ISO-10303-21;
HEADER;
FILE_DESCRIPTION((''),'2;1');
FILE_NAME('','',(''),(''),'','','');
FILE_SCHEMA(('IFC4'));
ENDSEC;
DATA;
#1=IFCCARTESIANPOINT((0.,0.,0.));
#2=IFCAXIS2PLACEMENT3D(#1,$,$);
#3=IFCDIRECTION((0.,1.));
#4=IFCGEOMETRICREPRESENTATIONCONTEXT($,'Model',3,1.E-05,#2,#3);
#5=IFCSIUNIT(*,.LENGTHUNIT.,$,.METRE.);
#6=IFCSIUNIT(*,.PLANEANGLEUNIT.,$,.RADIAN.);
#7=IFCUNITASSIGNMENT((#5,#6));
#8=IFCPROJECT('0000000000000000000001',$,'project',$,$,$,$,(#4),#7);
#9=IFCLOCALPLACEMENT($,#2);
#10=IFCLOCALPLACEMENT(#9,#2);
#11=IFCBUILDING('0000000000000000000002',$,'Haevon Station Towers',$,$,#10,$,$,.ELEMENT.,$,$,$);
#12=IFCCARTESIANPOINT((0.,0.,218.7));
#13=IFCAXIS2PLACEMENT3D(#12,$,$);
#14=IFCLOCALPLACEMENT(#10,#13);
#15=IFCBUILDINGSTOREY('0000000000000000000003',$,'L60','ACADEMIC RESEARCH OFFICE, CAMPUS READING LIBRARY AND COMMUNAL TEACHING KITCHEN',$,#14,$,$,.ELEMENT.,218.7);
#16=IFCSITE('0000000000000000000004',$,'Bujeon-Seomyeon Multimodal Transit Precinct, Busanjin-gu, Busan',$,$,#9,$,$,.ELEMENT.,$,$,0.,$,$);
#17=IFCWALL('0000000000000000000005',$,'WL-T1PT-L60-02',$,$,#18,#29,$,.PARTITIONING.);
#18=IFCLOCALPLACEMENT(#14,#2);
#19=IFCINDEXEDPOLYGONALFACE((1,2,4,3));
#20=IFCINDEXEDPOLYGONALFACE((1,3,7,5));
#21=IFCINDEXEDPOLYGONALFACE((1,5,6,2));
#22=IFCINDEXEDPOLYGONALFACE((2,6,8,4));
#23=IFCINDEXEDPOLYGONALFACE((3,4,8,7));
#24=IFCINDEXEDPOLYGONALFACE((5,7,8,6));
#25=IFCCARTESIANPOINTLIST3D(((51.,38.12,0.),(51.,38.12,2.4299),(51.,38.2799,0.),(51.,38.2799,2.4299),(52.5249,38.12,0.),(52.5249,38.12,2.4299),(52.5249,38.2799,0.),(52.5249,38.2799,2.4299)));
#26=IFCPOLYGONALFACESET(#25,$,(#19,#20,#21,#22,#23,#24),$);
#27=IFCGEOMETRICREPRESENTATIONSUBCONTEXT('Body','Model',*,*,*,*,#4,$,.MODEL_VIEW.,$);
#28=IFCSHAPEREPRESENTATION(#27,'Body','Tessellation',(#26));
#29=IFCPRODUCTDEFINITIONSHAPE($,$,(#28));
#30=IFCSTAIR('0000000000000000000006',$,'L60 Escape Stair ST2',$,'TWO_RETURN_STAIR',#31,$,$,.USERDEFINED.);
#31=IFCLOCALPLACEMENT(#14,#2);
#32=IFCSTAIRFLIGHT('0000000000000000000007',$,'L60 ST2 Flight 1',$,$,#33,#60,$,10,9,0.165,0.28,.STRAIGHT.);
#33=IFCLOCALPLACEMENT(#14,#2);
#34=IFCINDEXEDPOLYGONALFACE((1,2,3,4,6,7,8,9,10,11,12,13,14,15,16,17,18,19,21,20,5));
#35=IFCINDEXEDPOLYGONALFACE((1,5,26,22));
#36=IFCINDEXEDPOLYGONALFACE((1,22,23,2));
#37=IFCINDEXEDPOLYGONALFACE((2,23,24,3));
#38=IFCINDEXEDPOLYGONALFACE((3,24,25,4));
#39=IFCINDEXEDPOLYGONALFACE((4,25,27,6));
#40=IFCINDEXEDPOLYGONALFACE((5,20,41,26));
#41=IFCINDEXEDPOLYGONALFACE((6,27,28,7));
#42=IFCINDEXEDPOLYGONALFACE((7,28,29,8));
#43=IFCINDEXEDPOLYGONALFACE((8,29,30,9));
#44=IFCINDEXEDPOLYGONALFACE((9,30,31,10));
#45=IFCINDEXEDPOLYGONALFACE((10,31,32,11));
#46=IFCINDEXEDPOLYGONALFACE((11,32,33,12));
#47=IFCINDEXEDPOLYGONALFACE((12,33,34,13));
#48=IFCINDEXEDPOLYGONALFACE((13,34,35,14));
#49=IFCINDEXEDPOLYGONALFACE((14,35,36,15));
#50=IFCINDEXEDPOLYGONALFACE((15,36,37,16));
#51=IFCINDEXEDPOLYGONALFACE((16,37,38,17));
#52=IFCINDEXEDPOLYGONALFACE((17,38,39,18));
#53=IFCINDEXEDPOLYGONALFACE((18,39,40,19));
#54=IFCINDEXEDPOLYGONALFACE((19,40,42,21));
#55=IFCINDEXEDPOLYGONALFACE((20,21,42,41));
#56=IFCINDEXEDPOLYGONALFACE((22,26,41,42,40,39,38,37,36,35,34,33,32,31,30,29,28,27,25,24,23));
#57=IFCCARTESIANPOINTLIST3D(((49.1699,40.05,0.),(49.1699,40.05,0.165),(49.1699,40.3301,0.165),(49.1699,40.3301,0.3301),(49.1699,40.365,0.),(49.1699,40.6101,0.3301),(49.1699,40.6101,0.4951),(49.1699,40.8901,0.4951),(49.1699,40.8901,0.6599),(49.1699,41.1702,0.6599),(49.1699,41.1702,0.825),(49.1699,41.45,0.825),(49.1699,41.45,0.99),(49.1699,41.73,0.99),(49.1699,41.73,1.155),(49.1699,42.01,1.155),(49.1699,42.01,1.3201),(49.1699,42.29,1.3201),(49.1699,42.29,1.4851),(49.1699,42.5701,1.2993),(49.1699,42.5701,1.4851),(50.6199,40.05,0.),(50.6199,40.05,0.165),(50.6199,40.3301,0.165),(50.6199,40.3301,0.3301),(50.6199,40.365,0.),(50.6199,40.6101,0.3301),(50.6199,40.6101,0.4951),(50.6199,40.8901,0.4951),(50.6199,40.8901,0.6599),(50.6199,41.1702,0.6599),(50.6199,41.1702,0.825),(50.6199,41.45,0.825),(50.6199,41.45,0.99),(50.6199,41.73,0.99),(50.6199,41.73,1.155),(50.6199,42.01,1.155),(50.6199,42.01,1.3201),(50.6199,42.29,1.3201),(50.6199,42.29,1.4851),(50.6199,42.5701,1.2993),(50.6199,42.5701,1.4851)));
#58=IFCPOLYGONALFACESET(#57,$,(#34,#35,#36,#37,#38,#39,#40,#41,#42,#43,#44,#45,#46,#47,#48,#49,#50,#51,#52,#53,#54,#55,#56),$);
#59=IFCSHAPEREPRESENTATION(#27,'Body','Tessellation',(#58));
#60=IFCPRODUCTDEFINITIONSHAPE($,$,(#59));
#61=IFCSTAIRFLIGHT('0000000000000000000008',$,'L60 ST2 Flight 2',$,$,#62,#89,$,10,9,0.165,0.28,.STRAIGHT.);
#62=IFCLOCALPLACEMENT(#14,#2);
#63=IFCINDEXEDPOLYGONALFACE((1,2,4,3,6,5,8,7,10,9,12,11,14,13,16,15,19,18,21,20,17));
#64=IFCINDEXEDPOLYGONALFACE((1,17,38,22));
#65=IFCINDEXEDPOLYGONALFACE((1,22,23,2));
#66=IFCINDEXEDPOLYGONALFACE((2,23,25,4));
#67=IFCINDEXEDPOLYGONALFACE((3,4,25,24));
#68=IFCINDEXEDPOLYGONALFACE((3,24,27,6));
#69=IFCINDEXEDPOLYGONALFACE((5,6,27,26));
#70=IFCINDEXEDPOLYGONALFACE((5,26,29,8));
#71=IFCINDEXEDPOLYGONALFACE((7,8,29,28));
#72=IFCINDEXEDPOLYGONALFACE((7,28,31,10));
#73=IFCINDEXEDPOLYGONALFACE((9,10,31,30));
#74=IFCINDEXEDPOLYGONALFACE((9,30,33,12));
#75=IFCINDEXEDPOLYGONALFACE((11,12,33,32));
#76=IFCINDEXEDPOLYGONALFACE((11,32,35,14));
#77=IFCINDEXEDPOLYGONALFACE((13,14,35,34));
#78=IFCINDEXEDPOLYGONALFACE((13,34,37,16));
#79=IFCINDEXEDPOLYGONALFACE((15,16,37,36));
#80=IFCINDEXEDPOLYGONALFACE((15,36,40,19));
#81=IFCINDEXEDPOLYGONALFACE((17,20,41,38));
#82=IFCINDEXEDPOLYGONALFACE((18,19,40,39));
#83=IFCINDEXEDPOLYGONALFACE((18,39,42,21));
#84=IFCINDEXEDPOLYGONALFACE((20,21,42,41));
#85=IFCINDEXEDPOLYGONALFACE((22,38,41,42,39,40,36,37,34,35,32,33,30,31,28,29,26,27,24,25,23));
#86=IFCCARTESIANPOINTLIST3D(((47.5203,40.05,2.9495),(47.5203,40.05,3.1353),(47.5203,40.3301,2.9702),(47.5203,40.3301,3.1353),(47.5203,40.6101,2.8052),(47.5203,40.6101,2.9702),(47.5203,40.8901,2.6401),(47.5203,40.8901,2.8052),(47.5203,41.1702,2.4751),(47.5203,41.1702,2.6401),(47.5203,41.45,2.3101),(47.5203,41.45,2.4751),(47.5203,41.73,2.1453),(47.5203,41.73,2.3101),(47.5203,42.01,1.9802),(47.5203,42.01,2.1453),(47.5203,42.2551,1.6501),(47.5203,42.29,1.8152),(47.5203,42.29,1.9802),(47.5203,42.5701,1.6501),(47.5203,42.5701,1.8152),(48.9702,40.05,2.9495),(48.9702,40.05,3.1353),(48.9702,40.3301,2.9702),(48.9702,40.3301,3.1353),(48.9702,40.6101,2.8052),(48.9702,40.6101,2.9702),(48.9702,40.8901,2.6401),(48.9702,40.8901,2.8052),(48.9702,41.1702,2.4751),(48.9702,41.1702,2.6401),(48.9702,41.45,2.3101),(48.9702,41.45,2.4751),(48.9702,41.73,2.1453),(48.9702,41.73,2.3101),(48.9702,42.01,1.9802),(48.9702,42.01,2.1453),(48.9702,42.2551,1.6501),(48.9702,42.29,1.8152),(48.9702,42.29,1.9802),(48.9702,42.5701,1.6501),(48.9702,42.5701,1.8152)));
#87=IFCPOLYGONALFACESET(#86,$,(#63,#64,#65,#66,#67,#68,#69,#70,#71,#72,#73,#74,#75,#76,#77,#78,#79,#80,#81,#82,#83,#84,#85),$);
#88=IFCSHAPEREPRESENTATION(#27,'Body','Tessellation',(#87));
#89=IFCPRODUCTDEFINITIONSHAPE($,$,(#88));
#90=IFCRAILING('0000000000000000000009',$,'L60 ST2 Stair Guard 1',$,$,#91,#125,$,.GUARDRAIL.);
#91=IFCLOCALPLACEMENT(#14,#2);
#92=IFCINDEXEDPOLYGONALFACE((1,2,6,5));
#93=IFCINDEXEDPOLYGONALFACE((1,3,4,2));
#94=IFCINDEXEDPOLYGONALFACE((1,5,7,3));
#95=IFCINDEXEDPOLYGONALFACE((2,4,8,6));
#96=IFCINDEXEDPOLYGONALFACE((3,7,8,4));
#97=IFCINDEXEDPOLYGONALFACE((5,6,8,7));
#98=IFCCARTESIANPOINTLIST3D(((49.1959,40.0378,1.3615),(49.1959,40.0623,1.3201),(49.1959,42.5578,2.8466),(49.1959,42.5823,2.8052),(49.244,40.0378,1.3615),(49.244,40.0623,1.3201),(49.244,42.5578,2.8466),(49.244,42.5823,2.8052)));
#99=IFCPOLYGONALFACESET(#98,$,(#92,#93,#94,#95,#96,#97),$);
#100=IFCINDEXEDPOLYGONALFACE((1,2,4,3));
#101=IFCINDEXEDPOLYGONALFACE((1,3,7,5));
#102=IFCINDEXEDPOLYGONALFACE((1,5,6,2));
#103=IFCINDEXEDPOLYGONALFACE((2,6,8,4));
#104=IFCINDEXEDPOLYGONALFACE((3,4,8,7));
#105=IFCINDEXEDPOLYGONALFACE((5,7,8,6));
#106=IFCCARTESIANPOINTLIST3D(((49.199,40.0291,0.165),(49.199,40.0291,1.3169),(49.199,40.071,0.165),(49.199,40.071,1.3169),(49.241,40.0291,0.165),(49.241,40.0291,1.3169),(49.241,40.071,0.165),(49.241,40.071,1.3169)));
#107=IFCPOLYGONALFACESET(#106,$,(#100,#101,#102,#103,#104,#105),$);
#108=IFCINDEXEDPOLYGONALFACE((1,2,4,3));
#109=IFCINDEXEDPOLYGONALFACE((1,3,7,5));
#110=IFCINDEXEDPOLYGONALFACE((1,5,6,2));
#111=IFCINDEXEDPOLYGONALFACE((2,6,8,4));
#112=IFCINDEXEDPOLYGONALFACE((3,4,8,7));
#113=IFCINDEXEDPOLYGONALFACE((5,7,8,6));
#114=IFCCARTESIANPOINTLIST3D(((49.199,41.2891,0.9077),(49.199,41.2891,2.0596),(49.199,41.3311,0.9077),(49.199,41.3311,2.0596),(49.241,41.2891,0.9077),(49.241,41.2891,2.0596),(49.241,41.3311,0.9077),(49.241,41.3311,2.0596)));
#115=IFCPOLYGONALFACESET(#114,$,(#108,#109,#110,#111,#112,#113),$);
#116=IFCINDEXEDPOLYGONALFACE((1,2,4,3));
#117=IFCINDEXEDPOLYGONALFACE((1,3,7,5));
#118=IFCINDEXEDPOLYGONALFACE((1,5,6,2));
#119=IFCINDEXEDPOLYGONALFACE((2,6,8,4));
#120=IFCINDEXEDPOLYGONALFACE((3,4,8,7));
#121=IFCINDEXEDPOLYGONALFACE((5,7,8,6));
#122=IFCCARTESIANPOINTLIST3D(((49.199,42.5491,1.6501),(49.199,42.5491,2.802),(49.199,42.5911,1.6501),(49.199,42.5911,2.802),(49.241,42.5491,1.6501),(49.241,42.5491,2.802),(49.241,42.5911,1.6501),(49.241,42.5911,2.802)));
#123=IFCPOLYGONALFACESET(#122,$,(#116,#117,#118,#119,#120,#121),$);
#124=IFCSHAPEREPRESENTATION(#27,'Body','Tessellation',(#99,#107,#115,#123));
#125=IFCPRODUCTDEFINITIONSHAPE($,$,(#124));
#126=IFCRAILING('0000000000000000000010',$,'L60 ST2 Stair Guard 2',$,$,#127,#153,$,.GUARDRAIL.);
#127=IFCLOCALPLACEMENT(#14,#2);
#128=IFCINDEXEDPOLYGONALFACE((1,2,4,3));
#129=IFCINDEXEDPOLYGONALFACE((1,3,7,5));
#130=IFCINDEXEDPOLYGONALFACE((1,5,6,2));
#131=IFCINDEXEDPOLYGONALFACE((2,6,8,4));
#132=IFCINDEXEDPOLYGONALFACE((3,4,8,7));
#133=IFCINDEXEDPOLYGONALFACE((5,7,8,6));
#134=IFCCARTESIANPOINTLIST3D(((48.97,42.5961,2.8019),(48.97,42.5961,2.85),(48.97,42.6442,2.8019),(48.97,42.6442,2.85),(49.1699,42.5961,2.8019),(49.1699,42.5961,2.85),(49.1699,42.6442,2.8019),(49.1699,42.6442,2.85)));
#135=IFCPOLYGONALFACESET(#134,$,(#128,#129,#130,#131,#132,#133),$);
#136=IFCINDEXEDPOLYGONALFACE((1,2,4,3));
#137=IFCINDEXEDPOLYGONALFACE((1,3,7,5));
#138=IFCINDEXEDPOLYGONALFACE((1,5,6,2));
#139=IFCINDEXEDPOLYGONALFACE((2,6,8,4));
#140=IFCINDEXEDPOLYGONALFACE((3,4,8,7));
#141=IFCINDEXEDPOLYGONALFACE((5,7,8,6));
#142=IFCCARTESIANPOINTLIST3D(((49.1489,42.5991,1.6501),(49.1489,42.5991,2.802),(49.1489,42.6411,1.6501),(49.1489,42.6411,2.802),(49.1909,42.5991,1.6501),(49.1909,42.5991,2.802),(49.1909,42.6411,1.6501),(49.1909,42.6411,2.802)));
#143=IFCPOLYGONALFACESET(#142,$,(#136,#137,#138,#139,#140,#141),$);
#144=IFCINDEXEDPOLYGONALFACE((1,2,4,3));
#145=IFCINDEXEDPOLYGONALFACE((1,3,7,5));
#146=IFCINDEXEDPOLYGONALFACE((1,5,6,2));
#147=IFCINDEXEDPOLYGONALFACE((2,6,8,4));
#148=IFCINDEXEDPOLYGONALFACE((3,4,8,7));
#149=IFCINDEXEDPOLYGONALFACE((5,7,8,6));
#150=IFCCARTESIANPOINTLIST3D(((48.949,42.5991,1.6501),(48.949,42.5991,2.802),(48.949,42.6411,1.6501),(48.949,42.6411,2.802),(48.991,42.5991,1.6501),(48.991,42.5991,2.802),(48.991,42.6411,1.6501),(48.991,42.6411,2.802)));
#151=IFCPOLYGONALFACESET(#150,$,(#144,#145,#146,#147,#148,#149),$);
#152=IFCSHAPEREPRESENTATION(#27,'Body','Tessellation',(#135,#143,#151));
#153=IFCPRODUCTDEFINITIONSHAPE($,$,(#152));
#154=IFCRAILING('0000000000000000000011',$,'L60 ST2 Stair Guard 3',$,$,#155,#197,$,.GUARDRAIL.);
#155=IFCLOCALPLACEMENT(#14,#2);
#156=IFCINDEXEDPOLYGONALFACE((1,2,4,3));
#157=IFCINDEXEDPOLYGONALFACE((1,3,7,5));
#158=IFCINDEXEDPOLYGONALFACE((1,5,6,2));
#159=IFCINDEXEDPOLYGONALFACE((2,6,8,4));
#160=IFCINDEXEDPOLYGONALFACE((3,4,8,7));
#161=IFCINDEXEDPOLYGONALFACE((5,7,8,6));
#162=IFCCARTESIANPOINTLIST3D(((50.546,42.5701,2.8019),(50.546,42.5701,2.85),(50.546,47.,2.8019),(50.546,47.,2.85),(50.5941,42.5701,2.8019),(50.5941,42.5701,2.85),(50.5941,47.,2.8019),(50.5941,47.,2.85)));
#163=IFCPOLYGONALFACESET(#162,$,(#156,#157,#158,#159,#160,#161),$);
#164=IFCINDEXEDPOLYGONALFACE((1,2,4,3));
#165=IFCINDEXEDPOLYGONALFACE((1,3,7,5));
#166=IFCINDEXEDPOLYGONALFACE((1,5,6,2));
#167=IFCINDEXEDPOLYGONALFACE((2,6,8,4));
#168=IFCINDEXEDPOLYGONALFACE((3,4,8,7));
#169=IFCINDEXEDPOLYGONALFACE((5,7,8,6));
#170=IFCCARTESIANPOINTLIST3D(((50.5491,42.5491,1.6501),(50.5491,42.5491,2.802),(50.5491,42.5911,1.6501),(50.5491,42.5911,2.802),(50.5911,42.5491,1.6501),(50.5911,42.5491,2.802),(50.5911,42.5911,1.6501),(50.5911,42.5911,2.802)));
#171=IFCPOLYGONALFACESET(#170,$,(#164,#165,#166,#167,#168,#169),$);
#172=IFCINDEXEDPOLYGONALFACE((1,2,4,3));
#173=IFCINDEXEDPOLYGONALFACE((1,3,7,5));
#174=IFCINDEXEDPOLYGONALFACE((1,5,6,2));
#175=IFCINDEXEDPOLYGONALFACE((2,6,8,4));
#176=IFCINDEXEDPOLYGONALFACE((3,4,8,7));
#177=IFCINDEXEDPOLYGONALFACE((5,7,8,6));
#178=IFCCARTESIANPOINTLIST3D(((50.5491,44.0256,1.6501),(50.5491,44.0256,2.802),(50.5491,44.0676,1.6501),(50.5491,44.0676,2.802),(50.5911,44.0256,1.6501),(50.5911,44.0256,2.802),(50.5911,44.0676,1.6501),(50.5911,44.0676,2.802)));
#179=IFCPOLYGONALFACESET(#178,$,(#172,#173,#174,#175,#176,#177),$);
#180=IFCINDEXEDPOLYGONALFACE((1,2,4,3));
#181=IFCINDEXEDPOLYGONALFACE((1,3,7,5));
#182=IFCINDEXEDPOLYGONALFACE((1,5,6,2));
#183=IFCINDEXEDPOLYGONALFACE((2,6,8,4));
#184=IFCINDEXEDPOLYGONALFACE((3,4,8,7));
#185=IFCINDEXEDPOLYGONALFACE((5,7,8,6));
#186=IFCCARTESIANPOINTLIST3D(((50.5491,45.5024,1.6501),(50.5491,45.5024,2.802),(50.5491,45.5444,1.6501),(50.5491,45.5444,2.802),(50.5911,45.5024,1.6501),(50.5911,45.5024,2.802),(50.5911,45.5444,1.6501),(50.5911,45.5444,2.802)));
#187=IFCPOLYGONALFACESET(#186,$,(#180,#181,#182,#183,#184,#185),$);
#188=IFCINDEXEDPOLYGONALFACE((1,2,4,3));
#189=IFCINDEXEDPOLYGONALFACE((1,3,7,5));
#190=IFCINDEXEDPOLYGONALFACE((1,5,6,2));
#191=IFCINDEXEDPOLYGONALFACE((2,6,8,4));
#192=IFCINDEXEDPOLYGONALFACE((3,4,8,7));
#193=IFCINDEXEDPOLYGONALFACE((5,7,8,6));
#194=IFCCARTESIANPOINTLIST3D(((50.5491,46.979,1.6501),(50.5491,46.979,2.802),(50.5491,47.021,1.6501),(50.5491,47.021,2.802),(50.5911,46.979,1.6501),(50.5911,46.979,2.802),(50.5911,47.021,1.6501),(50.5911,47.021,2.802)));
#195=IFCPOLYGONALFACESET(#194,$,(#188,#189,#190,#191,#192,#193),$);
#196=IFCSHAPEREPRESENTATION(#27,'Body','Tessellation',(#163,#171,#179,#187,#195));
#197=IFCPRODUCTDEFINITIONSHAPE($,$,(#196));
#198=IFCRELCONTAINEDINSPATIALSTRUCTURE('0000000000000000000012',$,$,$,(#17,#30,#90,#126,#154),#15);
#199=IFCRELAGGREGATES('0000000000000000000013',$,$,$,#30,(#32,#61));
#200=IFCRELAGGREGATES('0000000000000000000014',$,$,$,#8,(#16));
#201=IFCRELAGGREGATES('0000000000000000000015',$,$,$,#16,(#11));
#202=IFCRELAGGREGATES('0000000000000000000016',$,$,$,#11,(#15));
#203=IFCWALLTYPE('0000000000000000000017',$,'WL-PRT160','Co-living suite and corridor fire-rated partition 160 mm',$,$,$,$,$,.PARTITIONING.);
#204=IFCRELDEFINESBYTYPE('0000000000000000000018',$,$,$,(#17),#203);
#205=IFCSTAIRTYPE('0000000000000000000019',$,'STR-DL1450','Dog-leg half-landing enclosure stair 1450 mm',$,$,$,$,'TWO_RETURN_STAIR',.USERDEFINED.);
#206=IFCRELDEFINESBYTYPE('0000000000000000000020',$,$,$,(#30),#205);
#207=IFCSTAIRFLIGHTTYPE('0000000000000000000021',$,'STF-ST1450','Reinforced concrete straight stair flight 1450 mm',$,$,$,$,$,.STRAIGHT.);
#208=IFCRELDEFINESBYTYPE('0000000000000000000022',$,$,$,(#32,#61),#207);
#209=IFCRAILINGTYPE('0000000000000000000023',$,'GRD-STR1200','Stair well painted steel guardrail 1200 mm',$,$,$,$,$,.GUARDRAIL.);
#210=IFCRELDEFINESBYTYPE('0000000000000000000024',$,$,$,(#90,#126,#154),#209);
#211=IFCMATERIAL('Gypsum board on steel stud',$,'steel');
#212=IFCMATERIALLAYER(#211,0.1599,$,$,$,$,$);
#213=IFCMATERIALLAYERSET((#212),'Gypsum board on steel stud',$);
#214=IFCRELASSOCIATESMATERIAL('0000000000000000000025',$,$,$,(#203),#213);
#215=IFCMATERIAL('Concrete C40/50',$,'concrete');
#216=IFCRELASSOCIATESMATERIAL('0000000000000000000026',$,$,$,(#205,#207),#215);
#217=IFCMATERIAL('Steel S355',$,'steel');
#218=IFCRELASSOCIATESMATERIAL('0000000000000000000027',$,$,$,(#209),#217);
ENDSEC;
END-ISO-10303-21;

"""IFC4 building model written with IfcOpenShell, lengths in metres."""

from ifc_helpers import new_model, si_unit, direction, frame, frame_2d, origin, origin_2d, place, context, subcontext, project, spatial, polyline, rectangle, outline, extrude, material, layer, layer_set, type_object, element, aggregate, save


model = new_model("IFC4")

# Units and contexts
model_context = context("Model", 3, precision=1e-05, world=origin(), true_north=direction((0.0, 1.0)))
body_context = subcontext(model_context, "Body", "Model", "MODEL_VIEW")
ifc_project = project(units=[si_unit("LENGTHUNIT", "METRE"), si_unit("PLANEANGLEUNIT", "RADIAN")], contexts=[model_context])

# Site, building, storey
site_placement = place(None, origin())
site = spatial("IfcSite", under=ifc_project, at=site_placement, Name="Bujeon-Seomyeon Multimodal Transit Precinct, Busanjin-gu, Busan", CompositionType="ELEMENT", RefElevation=0.0)
building_placement = place(site_placement, origin())
building = spatial("IfcBuilding", under=site, at=building_placement, Name="Haevon Station Towers", CompositionType="ELEMENT")
storey_placement = place(building_placement, frame((0.0, 0.0, 218.7)))
storey = spatial("IfcBuildingStorey", under=building, at=storey_placement, Name="L60", Description="ACADEMIC RESEARCH OFFICE, CAMPUS READING LIBRARY AND COMMUNAL TEACHING KITCHEN", CompositionType="ELEMENT", Elevation=218.7)

# Shared definitions
ifc_material_1 = material(Name="Steel S355", Category="steel")

# Wall
ifc_material_2 = material(Name="Gypsum board on steel stud", Category="steel")
ifc_layer = layer(ifc_material_2, 0.1599)
ifc_layer_set = layer_set([ifc_layer], Name="Gypsum board on steel stud")
wall_type = type_object("IfcWallType", Name="WL-PRT160", Description="Co-living suite and corridor fire-rated partition 160 mm", PredefinedType="PARTITIONING", material=ifc_layer_set)
wall_placement = place(storey_placement, frame((51.0, 38.2, 0.0), z_axis=(0.0, 0.0, 1.0), x_axis=(1.0, 0.0, 0.0)))
element("IfcWall", 1, at=wall_placement, inside=storey, type_object=wall_type, Name="WL-T1PT-L60-02", PredefinedType="PARTITIONING", context=body_context, shape_type="SweptSolid", body=[
    extrude(rectangle(XDim=1.5249, YDim=0.1599, at=frame_2d((0.7625, 0.0))), origin(), (0.0, 0.0, 1.0), 2.4299),
])

# Stair, stair flights
ifc_material_3 = material(Name="Concrete C40/50", Category="concrete")
stair_type = type_object("IfcStairType", Name="STR-DL1450", Description="Dog-leg half-landing enclosure stair 1450 mm", ElementType="TWO_RETURN_STAIR", PredefinedType="USERDEFINED", material=ifc_material_3)
stair_placement = place(storey_placement, origin())
stair = element("IfcStair", 2, at=stair_placement, inside=storey, type_object=stair_type, Name="L60 Escape Stair ST2", ObjectType="TWO_RETURN_STAIR", PredefinedType="USERDEFINED")
stair_flight_type = type_object("IfcStairFlightType", Name="STF-ST1450", Description="Reinforced concrete straight stair flight 1450 mm", PredefinedType="STRAIGHT", material=ifc_material_3)
stair_flight_1_placement = place(storey_placement, frame((49.895, 40.05, 0.0), z_axis=(0.0, 0.0, 1.0), x_axis=(0.0, 1.0, 0.0)))
stair_flight_1 = element("IfcStairFlight", 3, at=stair_flight_1_placement, type_object=stair_flight_type, Name="L60 ST2 Flight 1", NumberOfRisers=10, NumberOfTreads=9, PredefinedType="STRAIGHT", RiserHeight=0.165, TreadLength=0.28, context=body_context, shape_type="SweptSolid", body=[
    extrude(outline(polyline([(0.0, 0.0), (0.0, 0.165), (0.28, 0.165), (0.28, 0.3301), (0.5601, 0.3301), (0.5601, 0.4951), (0.8401, 0.4951), (0.8401, 0.6599), (1.1201, 0.6599), (1.1201, 0.825), (1.3999, 0.825), (1.3999, 0.99), (1.6799, 0.99), (1.6799, 1.155), (1.96, 1.155), (1.96, 1.3201), (2.24, 1.3201), (2.24, 1.4851), (2.52, 1.4851), (2.52, 1.6499), (2.52, 1.2993), (0.3149, 0.0), (0.0, 0.0)])), frame((0.0, 0.7251, 0.0), z_axis=(0.0, -1.0, 0.0), x_axis=(1.0, 0.0, 0.0)), (0.0, 0.0, 1.0), 1.45),
])
stair_flight_2_placement = place(storey_placement, frame((48.2451, 42.5701, 1.6501), z_axis=(0.0, 0.0, 1.0), x_axis=(0.0, -1.0, 0.0)))
stair_flight_2 = element("IfcStairFlight", 4, at=stair_flight_2_placement, type_object=stair_flight_type, Name="L60 ST2 Flight 2", NumberOfRisers=10, NumberOfTreads=9, PredefinedType="STRAIGHT", RiserHeight=0.165, TreadLength=0.28, context=body_context, shape_type="SweptSolid", body=[
    extrude(outline(polyline([(0.0, 0.0), (0.0, 0.165), (0.28, 0.165), (0.28, 0.3301), (0.5601, 0.3301), (0.5601, 0.4951), (0.8401, 0.4951), (0.8401, 0.6599), (1.1201, 0.6599), (1.1201, 0.825), (1.3999, 0.825), (1.3999, 0.99), (1.6799, 0.99), (1.6799, 1.155), (1.96, 1.155), (1.96, 1.3201), (2.24, 1.3201), (2.24, 1.4851), (2.52, 1.4851), (2.52, 1.6499), (2.52, 1.2993), (0.3149, 0.0), (0.0, 0.0)])), frame((0.0, 0.7251, 0.0), z_axis=(0.0, -1.0, 0.0), x_axis=(1.0, 0.0, 0.0)), (0.0, 0.0, 1.0), 1.45),
])
aggregate(stair, [stair_flight_1, stair_flight_2])

# Railings
railing_type_1 = type_object("IfcRailingType", Name="GRD-STR1200", Description="Stair well painted steel guardrail 1200 mm", PredefinedType="GUARDRAIL", material=ifc_material_1)
railing_1_placement = place(storey_placement, frame((49.22, 40.05, 0.165)))
element("IfcRailing", 5, at=railing_1_placement, inside=storey, type_object=railing_type_1, Name="L60 ST2 Stair Guard 1", PredefinedType="GUARDRAIL", context=body_context, shape_type="SweptSolid", body=[
    extrude(rectangle(XDim=0.0481, YDim=0.0481, at=origin_2d()), frame((0.0, 0.0, 1.1758), z_axis=(0.0, 0.861524, 0.507717), x_axis=(-1.0, 0.0, 0.0)), (0.0, 0.0, 1.0), 2.925),
    extrude(rectangle(XDim=0.042, YDim=0.042, at=origin_2d()), origin(), (0.0, 0.0, 1.0), 1.1519),
    extrude(rectangle(XDim=0.042, YDim=0.042, at=origin_2d()), frame((0.0, 1.26, 0.7427)), (0.0, 0.0, 1.0), 1.1519),
    extrude(rectangle(XDim=0.042, YDim=0.042, at=origin_2d()), frame((0.0, 2.52, 1.4851)), (0.0, 0.0, 1.0), 1.1519),
])
railing_2_placement = place(storey_placement, frame((49.1699, 42.6201, 1.6501)))
element("IfcRailing", 6, at=railing_2_placement, inside=storey, type_object=railing_type_1, Name="L60 ST2 Stair Guard 2", PredefinedType="GUARDRAIL", context=body_context, shape_type="SweptSolid", body=[
    extrude(rectangle(XDim=0.0481, YDim=0.0481, at=origin_2d()), frame((0.0, 0.0, 1.1758), z_axis=(-1.0, 0.0, 0.0), x_axis=(0.0, -1.0, 0.0)), (0.0, 0.0, 1.0), 0.2),
    extrude(rectangle(XDim=0.042, YDim=0.042, at=origin_2d()), origin(), (0.0, 0.0, 1.0), 1.1519),
    extrude(rectangle(XDim=0.042, YDim=0.042, at=origin_2d()), frame((-0.2, 0.0, 0.0)), (0.0, 0.0, 1.0), 1.1519),
])
for number, where, name in (
    (7, (50.5701, 42.5701, 1.6501), "L60 ST2 Stair Guard 3"),
):
    element("IfcRailing", number, at=place(storey_placement, frame(where)), inside=storey, type_object=railing_type_1, Name=name, PredefinedType="GUARDRAIL", context=body_context, shape_type="SweptSolid", body=[
        extrude(rectangle(XDim=0.0481, YDim=0.0481, at=origin_2d()), frame((0.0, 0.0, 1.1758), z_axis=(0.0, 1.0, 0.0), x_axis=(-1.0, 0.0, 0.0)), (0.0, 0.0, 1.0), 4.4299),
        extrude(rectangle(XDim=0.042, YDim=0.042, at=origin_2d()), origin(), (0.0, 0.0, 1.0), 1.1519),
        extrude(rectangle(XDim=0.042, YDim=0.042, at=origin_2d()), frame((0.0, 1.4766, 0.0)), (0.0, 0.0, 1.0), 1.1519),
        extrude(rectangle(XDim=0.042, YDim=0.042, at=origin_2d()), frame((0.0, 2.9534, 0.0)), (0.0, 0.0, 1.0), 1.1519),
        extrude(rectangle(XDim=0.042, YDim=0.042, at=origin_2d()), frame((0.0, 4.4299, 0.0)), (0.0, 0.0, 1.0), 1.1519),
    ])

save(model, "model.ifc")
